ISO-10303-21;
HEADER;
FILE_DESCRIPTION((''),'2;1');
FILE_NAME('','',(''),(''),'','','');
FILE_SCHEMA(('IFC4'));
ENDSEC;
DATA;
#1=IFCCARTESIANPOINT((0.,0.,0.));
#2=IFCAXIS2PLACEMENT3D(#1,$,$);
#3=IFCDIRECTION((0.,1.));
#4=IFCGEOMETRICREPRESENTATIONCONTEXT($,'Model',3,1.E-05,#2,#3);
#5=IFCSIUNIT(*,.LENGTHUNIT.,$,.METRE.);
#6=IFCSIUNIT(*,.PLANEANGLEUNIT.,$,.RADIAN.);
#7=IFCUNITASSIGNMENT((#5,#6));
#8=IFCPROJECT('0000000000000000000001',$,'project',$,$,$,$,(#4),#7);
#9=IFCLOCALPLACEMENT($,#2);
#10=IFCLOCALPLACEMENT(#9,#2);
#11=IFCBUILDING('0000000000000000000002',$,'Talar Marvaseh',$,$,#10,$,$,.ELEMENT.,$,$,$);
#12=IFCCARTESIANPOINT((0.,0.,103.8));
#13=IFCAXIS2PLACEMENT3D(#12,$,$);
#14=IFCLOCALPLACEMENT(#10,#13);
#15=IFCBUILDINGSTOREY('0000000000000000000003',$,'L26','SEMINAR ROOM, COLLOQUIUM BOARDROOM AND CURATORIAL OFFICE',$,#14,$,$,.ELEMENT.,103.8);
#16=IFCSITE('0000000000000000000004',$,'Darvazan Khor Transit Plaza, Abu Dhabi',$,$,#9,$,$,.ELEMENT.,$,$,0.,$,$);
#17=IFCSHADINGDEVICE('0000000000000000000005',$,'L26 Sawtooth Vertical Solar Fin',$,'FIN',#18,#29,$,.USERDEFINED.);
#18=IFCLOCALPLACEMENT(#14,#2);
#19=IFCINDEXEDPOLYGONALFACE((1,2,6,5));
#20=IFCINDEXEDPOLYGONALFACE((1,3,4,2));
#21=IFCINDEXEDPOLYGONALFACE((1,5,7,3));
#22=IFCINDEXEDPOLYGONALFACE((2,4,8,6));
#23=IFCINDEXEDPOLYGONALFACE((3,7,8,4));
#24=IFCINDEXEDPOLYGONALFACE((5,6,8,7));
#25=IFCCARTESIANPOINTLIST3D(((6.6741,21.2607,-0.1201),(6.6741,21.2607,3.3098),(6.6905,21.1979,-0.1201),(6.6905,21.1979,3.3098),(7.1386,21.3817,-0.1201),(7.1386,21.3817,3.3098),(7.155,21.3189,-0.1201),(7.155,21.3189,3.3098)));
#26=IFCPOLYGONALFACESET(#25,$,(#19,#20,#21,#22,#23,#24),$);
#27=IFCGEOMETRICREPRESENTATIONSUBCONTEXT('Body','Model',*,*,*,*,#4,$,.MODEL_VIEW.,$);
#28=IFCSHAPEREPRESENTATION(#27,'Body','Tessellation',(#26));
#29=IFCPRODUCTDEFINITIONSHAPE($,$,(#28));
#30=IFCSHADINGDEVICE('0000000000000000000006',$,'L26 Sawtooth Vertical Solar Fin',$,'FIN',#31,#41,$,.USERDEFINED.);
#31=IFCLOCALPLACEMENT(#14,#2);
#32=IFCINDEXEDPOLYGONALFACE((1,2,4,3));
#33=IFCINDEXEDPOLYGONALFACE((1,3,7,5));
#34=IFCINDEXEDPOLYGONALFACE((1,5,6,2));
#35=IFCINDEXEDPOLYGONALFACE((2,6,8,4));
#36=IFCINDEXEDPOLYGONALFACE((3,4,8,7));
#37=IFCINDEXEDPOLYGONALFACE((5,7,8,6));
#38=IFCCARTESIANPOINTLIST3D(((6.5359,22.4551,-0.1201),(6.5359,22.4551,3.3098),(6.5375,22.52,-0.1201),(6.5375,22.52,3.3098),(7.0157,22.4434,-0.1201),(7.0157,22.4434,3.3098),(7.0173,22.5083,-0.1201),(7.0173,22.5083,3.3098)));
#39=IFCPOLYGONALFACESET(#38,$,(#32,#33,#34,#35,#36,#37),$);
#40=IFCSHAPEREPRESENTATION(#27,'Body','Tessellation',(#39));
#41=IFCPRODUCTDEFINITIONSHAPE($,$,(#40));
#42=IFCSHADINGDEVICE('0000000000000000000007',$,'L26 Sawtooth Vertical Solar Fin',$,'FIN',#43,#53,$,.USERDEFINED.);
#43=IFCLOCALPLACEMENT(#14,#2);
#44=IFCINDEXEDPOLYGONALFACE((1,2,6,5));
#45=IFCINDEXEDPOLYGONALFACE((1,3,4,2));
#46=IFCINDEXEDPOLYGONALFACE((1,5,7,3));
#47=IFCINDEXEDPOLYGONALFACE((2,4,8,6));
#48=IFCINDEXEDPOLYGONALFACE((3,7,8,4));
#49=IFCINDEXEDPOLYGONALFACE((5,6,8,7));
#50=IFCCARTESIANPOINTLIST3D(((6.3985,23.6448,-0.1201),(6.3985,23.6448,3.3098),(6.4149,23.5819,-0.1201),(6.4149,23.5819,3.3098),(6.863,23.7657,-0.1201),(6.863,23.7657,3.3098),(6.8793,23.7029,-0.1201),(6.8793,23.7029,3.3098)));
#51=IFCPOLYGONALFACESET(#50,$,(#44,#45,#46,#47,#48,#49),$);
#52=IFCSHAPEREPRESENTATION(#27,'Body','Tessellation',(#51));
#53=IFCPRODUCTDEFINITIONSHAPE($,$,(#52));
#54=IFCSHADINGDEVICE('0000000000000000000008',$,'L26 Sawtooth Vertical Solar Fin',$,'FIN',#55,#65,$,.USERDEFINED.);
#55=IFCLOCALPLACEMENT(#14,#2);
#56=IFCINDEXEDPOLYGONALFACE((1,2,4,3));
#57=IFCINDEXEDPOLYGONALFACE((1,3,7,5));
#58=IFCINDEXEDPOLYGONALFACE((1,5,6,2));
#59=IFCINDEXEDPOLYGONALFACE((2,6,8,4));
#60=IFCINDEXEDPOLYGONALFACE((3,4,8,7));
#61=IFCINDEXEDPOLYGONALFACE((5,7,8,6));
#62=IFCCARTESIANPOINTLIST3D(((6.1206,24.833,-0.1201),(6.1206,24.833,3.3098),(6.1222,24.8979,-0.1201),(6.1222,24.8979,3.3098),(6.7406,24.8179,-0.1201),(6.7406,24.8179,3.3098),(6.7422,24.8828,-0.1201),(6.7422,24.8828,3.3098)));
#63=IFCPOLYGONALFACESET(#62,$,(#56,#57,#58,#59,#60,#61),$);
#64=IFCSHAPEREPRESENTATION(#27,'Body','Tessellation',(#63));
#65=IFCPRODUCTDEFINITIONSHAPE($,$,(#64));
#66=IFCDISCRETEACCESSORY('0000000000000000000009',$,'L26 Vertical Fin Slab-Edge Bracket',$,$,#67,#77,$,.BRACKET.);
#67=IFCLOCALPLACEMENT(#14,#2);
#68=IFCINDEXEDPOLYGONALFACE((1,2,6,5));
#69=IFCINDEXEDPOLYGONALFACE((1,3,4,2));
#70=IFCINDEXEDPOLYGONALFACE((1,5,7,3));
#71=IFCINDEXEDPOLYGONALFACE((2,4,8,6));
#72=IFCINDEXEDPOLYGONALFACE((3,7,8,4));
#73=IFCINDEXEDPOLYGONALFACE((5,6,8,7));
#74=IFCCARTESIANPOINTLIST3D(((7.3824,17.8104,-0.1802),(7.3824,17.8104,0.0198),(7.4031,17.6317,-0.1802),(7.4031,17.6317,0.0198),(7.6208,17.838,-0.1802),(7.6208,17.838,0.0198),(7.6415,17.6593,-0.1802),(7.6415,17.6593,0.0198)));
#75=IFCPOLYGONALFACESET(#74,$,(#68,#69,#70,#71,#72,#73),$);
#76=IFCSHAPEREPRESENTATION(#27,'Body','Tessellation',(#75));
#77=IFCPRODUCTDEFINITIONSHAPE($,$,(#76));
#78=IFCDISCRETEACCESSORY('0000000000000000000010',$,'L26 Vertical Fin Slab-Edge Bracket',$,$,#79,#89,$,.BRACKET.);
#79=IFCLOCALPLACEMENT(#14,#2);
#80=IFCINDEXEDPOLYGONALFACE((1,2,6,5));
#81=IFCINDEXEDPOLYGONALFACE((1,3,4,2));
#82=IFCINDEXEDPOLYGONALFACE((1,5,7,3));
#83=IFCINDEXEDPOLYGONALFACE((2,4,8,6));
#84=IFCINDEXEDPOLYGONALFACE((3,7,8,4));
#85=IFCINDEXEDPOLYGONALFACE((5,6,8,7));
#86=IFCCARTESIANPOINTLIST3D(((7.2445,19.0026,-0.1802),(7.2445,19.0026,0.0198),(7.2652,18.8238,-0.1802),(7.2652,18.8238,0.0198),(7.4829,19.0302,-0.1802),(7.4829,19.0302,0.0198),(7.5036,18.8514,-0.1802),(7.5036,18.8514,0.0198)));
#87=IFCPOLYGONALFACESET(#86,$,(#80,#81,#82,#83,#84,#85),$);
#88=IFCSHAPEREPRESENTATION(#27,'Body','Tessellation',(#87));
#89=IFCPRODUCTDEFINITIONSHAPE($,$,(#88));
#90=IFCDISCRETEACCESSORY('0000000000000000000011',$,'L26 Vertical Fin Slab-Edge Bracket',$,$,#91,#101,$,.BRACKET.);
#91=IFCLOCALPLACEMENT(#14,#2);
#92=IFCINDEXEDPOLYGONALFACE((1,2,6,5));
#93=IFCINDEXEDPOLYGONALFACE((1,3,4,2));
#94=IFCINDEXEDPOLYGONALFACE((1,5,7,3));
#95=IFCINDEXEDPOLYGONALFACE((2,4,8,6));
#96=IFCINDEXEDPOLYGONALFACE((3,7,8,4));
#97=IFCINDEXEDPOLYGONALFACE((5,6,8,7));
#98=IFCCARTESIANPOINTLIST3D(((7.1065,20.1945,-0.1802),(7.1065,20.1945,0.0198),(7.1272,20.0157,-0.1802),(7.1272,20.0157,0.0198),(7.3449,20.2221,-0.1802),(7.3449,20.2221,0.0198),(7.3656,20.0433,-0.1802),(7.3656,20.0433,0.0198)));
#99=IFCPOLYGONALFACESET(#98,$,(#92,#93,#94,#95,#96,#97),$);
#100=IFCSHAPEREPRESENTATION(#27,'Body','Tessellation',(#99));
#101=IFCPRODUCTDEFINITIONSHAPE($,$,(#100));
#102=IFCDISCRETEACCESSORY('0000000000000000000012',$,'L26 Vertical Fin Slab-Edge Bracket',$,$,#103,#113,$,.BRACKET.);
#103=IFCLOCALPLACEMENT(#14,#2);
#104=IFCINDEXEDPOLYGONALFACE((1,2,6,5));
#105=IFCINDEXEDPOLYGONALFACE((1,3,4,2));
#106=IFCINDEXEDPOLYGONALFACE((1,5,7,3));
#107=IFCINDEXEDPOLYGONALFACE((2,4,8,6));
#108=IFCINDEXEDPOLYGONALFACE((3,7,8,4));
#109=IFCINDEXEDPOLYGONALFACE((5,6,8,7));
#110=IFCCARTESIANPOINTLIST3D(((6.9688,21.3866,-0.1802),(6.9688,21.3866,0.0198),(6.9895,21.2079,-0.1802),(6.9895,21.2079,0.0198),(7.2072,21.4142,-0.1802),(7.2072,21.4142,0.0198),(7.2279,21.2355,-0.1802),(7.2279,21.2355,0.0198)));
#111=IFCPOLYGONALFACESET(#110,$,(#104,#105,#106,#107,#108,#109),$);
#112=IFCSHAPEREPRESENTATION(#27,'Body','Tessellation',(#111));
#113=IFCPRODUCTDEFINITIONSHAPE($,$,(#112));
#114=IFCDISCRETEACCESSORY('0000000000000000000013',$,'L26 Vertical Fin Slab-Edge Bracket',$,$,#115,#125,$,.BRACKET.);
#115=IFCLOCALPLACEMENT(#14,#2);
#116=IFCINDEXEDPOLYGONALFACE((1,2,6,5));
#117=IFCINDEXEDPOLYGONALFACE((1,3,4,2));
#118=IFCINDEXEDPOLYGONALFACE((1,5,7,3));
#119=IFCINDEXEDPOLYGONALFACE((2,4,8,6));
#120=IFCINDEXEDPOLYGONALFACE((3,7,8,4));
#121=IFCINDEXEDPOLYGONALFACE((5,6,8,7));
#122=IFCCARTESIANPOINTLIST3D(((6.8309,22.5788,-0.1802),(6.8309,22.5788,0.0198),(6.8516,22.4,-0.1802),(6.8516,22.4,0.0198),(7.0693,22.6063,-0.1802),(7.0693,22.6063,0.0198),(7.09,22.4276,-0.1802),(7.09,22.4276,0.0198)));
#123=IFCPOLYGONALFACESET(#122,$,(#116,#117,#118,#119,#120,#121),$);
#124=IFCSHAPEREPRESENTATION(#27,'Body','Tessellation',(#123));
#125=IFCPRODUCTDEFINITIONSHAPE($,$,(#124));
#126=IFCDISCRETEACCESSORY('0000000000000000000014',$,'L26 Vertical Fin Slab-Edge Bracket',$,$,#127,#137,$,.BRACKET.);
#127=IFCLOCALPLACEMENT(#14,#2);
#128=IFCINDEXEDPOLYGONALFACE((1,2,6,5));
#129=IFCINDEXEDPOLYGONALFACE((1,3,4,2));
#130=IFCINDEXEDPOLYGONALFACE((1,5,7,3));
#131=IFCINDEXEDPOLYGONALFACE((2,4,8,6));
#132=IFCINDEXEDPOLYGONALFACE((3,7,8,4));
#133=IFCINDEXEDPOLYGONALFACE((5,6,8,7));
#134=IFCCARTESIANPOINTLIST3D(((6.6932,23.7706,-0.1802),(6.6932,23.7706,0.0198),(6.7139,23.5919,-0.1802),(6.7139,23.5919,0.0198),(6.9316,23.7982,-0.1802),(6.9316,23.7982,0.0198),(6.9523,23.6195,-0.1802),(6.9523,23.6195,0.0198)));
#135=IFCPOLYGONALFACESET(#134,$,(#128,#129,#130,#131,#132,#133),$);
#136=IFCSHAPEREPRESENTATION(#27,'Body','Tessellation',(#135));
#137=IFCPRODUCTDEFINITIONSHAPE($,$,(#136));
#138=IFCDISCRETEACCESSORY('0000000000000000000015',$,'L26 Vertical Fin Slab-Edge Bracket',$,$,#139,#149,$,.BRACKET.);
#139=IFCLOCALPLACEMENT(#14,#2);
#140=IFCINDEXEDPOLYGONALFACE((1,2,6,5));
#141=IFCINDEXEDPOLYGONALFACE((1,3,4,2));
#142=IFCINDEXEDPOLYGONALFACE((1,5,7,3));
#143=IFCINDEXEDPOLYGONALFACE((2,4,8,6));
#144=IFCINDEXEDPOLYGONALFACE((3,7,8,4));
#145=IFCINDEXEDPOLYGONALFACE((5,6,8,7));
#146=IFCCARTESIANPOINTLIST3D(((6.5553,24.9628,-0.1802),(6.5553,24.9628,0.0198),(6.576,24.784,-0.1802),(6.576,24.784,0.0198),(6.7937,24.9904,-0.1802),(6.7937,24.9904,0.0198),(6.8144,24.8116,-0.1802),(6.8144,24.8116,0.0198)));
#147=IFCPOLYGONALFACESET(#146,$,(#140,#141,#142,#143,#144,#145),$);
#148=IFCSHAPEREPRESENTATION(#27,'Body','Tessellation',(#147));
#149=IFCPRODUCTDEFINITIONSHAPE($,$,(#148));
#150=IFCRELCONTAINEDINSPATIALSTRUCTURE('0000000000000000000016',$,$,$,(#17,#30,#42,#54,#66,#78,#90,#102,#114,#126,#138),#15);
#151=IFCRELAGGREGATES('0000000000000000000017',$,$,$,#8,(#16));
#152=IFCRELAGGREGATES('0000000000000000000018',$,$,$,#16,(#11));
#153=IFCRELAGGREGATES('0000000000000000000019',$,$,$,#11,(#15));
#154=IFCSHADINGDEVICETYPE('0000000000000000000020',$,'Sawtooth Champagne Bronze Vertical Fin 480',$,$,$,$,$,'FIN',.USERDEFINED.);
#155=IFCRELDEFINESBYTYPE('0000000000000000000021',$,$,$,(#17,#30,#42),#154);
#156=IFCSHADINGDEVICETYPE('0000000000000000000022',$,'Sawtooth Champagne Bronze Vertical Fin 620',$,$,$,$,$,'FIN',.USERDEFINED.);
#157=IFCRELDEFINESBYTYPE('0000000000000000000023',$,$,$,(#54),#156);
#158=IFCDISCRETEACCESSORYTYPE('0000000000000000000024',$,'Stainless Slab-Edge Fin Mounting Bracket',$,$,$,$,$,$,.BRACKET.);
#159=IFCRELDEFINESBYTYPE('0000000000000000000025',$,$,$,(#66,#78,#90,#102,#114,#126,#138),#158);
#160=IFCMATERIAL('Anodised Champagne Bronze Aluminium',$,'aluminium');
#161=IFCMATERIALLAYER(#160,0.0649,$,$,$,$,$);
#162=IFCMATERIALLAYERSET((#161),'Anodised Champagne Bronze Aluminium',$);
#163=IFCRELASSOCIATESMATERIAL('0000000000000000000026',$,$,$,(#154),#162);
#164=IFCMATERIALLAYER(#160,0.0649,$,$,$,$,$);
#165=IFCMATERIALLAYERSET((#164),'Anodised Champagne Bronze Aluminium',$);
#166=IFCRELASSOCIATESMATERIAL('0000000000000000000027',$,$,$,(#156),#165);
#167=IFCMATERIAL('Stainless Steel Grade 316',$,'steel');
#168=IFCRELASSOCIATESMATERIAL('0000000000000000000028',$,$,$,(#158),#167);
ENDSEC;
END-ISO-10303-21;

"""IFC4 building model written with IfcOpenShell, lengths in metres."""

from ifc_helpers import new_model, si_unit, direction, frame, origin, origin_2d, place, context, subcontext, project, spatial, rectangle, extrude, source, transform, mapped, material, layer, layer_set, type_object, type_shapes, element, save


model = new_model("IFC4")

# Units and contexts
model_context = context("Model", 3, precision=1e-05, world=origin(), true_north=direction((0.0, 1.0)))
body_context = subcontext(model_context, "Body", "Model", "MODEL_VIEW")
ifc_project = project(units=[si_unit("LENGTHUNIT", "METRE"), si_unit("PLANEANGLEUNIT", "RADIAN")], contexts=[model_context])

# Site, building, storey
site_placement = place(None, origin())
site = spatial("IfcSite", under=ifc_project, at=site_placement, Name="Darvazan Khor Transit Plaza, Abu Dhabi", CompositionType="ELEMENT", RefElevation=0.0)
building_placement = place(site_placement, origin())
building = spatial("IfcBuilding", under=site, at=building_placement, Name="Talar Marvaseh", CompositionType="ELEMENT")
storey_placement = place(building_placement, frame((0.0, 0.0, 103.8)))
storey = spatial("IfcBuildingStorey", under=building, at=storey_placement, Name="L26", Description="SEMINAR ROOM, COLLOQUIUM BOARDROOM AND CURATORIAL OFFICE", CompositionType="ELEMENT", Elevation=103.8)

# Shading devices
ifc_material_1 = material(Name="Anodised Champagne Bronze Aluminium", Category="aluminium")
ifc_layer_1 = layer(ifc_material_1, 0.0649)
ifc_layer_set_1 = layer_set([ifc_layer_1], Name="Anodised Champagne Bronze Aluminium")
shading_device_type_1 = type_object("IfcShadingDeviceType", Name="Sawtooth Champagne Bronze Vertical Fin 480", ElementType="FIN", PredefinedType="USERDEFINED", material=ifc_layer_set_1)
shared_shape_1 = source(origin(), body_context, "Body", "SweptSolid", [
    extrude(rectangle(XDim=0.48, YDim=0.0649, at=origin_2d()), origin(), (0.0, 0.0, 1.0), 3.4299),
])
type_shapes(shading_device_type_1, [shared_shape_1])
for number, where, z_axis, x_axis, name in (
    (1, (6.9146, 21.2898, -0.1201), (0.0, 0.0, 1.0), (-0.967709, -0.252069, 0.0), "L26 Sawtooth Vertical Solar Fin"),
    (2, (6.7766, 22.4817, -0.1201), (0.0, 0.0, 1.0), (-0.999701, 0.024432, 0.0), "L26 Sawtooth Vertical Solar Fin"),
    (3, (6.6389, 23.6738, -0.1201), (0.0, 0.0, 1.0), (-0.967709, -0.252069, 0.0), "L26 Sawtooth Vertical Solar Fin"),
):
    element("IfcShadingDevice", number, at=place(storey_placement, frame(where, z_axis=z_axis, x_axis=x_axis)), inside=storey, type_object=shading_device_type_1, Name=name, ObjectType="FIN", PredefinedType="USERDEFINED", context=body_context, shape_type="MappedRepresentation", body=[
        mapped(shared_shape_1, transform((0.0, 0.0, 0.0), x_axis=(1.0, 0.0, 0.0), y_axis=(0.0, 1.0, 0.0), z_axis=(0.0, 0.0, 1.0), scale=1.0)),
    ])
ifc_layer_2 = layer(ifc_material_1, 0.0649)
ifc_layer_set_2 = layer_set([ifc_layer_2], Name="Anodised Champagne Bronze Aluminium")
shading_device_type_2 = type_object("IfcShadingDeviceType", Name="Sawtooth Champagne Bronze Vertical Fin 620", ElementType="FIN", PredefinedType="USERDEFINED", material=ifc_layer_set_2)
shared_shape_2 = source(origin(), body_context, "Body", "SweptSolid", [
    extrude(rectangle(XDim=0.6201, YDim=0.0649, at=origin_2d()), origin(), (0.0, 0.0, 1.0), 3.4299),
])
type_shapes(shading_device_type_2, [shared_shape_2])
shading_device_placement = place(storey_placement, frame((6.4314, 24.8579, -0.1201), z_axis=(0.0, 0.0, 1.0), x_axis=(-0.999701, 0.024432, 0.0)))
element("IfcShadingDevice", 4, at=shading_device_placement, inside=storey, type_object=shading_device_type_2, Name="L26 Sawtooth Vertical Solar Fin", ObjectType="FIN", PredefinedType="USERDEFINED", context=body_context, shape_type="MappedRepresentation", body=[
    mapped(shared_shape_2, transform((0.0, 0.0, 0.0), x_axis=(1.0, 0.0, 0.0), y_axis=(0.0, 1.0, 0.0), z_axis=(0.0, 0.0, 1.0), scale=1.0)),
])

# Discrete accessories
ifc_material_2 = material(Name="Stainless Steel Grade 316", Category="steel")
discrete_accessory_type = type_object("IfcDiscreteAccessoryType", Name="Stainless Slab-Edge Fin Mounting Bracket", PredefinedType="BRACKET", material=ifc_material_2)
shared_shape_3 = source(origin(), body_context, "Body", "SweptSolid", [
    extrude(rectangle(XDim=0.24, YDim=0.1799, at=origin_2d()), origin(), (0.0, 0.0, 1.0), 0.2),
])
type_shapes(discrete_accessory_type, [shared_shape_3])
for number, where, z_axis, x_axis, name in (
    (5, (7.512, 17.7349, -0.1802), (0.0, 0.0, 1.0), (-0.993373, -0.114937, 0.0), "L26 Vertical Fin Slab-Edge Bracket"),
    (6, (7.374, 18.927, -0.1802), (0.0, 0.0, 1.0), (-0.993373, -0.114937, 0.0), "L26 Vertical Fin Slab-Edge Bracket"),
    (7, (7.2361, 20.1189, -0.1802), (0.0, 0.0, 1.0), (-0.993373, -0.114937, 0.0), "L26 Vertical Fin Slab-Edge Bracket"),
    (8, (7.0984, 21.311, -0.1802), (0.0, 0.0, 1.0), (-0.993373, -0.114937, 0.0), "L26 Vertical Fin Slab-Edge Bracket"),
    (9, (6.9604, 22.5032, -0.1802), (0.0, 0.0, 1.0), (-0.993373, -0.114937, 0.0), "L26 Vertical Fin Slab-Edge Bracket"),
    (10, (6.8228, 23.6951, -0.1802), (0.0, 0.0, 1.0), (-0.993373, -0.114937, 0.0), "L26 Vertical Fin Slab-Edge Bracket"),
    (11, (6.6848, 24.8872, -0.1802), (0.0, 0.0, 1.0), (-0.993373, -0.114937, 0.0), "L26 Vertical Fin Slab-Edge Bracket"),
):
    element("IfcDiscreteAccessory", number, at=place(storey_placement, frame(where, z_axis=z_axis, x_axis=x_axis)), inside=storey, type_object=discrete_accessory_type, Name=name, PredefinedType="BRACKET", context=body_context, shape_type="MappedRepresentation", body=[
        mapped(shared_shape_3, transform((0.0, 0.0, 0.0), x_axis=(1.0, 0.0, 0.0), y_axis=(0.0, 1.0, 0.0), z_axis=(0.0, 0.0, 1.0), scale=1.0)),
    ])

save(model, "model.ifc")
